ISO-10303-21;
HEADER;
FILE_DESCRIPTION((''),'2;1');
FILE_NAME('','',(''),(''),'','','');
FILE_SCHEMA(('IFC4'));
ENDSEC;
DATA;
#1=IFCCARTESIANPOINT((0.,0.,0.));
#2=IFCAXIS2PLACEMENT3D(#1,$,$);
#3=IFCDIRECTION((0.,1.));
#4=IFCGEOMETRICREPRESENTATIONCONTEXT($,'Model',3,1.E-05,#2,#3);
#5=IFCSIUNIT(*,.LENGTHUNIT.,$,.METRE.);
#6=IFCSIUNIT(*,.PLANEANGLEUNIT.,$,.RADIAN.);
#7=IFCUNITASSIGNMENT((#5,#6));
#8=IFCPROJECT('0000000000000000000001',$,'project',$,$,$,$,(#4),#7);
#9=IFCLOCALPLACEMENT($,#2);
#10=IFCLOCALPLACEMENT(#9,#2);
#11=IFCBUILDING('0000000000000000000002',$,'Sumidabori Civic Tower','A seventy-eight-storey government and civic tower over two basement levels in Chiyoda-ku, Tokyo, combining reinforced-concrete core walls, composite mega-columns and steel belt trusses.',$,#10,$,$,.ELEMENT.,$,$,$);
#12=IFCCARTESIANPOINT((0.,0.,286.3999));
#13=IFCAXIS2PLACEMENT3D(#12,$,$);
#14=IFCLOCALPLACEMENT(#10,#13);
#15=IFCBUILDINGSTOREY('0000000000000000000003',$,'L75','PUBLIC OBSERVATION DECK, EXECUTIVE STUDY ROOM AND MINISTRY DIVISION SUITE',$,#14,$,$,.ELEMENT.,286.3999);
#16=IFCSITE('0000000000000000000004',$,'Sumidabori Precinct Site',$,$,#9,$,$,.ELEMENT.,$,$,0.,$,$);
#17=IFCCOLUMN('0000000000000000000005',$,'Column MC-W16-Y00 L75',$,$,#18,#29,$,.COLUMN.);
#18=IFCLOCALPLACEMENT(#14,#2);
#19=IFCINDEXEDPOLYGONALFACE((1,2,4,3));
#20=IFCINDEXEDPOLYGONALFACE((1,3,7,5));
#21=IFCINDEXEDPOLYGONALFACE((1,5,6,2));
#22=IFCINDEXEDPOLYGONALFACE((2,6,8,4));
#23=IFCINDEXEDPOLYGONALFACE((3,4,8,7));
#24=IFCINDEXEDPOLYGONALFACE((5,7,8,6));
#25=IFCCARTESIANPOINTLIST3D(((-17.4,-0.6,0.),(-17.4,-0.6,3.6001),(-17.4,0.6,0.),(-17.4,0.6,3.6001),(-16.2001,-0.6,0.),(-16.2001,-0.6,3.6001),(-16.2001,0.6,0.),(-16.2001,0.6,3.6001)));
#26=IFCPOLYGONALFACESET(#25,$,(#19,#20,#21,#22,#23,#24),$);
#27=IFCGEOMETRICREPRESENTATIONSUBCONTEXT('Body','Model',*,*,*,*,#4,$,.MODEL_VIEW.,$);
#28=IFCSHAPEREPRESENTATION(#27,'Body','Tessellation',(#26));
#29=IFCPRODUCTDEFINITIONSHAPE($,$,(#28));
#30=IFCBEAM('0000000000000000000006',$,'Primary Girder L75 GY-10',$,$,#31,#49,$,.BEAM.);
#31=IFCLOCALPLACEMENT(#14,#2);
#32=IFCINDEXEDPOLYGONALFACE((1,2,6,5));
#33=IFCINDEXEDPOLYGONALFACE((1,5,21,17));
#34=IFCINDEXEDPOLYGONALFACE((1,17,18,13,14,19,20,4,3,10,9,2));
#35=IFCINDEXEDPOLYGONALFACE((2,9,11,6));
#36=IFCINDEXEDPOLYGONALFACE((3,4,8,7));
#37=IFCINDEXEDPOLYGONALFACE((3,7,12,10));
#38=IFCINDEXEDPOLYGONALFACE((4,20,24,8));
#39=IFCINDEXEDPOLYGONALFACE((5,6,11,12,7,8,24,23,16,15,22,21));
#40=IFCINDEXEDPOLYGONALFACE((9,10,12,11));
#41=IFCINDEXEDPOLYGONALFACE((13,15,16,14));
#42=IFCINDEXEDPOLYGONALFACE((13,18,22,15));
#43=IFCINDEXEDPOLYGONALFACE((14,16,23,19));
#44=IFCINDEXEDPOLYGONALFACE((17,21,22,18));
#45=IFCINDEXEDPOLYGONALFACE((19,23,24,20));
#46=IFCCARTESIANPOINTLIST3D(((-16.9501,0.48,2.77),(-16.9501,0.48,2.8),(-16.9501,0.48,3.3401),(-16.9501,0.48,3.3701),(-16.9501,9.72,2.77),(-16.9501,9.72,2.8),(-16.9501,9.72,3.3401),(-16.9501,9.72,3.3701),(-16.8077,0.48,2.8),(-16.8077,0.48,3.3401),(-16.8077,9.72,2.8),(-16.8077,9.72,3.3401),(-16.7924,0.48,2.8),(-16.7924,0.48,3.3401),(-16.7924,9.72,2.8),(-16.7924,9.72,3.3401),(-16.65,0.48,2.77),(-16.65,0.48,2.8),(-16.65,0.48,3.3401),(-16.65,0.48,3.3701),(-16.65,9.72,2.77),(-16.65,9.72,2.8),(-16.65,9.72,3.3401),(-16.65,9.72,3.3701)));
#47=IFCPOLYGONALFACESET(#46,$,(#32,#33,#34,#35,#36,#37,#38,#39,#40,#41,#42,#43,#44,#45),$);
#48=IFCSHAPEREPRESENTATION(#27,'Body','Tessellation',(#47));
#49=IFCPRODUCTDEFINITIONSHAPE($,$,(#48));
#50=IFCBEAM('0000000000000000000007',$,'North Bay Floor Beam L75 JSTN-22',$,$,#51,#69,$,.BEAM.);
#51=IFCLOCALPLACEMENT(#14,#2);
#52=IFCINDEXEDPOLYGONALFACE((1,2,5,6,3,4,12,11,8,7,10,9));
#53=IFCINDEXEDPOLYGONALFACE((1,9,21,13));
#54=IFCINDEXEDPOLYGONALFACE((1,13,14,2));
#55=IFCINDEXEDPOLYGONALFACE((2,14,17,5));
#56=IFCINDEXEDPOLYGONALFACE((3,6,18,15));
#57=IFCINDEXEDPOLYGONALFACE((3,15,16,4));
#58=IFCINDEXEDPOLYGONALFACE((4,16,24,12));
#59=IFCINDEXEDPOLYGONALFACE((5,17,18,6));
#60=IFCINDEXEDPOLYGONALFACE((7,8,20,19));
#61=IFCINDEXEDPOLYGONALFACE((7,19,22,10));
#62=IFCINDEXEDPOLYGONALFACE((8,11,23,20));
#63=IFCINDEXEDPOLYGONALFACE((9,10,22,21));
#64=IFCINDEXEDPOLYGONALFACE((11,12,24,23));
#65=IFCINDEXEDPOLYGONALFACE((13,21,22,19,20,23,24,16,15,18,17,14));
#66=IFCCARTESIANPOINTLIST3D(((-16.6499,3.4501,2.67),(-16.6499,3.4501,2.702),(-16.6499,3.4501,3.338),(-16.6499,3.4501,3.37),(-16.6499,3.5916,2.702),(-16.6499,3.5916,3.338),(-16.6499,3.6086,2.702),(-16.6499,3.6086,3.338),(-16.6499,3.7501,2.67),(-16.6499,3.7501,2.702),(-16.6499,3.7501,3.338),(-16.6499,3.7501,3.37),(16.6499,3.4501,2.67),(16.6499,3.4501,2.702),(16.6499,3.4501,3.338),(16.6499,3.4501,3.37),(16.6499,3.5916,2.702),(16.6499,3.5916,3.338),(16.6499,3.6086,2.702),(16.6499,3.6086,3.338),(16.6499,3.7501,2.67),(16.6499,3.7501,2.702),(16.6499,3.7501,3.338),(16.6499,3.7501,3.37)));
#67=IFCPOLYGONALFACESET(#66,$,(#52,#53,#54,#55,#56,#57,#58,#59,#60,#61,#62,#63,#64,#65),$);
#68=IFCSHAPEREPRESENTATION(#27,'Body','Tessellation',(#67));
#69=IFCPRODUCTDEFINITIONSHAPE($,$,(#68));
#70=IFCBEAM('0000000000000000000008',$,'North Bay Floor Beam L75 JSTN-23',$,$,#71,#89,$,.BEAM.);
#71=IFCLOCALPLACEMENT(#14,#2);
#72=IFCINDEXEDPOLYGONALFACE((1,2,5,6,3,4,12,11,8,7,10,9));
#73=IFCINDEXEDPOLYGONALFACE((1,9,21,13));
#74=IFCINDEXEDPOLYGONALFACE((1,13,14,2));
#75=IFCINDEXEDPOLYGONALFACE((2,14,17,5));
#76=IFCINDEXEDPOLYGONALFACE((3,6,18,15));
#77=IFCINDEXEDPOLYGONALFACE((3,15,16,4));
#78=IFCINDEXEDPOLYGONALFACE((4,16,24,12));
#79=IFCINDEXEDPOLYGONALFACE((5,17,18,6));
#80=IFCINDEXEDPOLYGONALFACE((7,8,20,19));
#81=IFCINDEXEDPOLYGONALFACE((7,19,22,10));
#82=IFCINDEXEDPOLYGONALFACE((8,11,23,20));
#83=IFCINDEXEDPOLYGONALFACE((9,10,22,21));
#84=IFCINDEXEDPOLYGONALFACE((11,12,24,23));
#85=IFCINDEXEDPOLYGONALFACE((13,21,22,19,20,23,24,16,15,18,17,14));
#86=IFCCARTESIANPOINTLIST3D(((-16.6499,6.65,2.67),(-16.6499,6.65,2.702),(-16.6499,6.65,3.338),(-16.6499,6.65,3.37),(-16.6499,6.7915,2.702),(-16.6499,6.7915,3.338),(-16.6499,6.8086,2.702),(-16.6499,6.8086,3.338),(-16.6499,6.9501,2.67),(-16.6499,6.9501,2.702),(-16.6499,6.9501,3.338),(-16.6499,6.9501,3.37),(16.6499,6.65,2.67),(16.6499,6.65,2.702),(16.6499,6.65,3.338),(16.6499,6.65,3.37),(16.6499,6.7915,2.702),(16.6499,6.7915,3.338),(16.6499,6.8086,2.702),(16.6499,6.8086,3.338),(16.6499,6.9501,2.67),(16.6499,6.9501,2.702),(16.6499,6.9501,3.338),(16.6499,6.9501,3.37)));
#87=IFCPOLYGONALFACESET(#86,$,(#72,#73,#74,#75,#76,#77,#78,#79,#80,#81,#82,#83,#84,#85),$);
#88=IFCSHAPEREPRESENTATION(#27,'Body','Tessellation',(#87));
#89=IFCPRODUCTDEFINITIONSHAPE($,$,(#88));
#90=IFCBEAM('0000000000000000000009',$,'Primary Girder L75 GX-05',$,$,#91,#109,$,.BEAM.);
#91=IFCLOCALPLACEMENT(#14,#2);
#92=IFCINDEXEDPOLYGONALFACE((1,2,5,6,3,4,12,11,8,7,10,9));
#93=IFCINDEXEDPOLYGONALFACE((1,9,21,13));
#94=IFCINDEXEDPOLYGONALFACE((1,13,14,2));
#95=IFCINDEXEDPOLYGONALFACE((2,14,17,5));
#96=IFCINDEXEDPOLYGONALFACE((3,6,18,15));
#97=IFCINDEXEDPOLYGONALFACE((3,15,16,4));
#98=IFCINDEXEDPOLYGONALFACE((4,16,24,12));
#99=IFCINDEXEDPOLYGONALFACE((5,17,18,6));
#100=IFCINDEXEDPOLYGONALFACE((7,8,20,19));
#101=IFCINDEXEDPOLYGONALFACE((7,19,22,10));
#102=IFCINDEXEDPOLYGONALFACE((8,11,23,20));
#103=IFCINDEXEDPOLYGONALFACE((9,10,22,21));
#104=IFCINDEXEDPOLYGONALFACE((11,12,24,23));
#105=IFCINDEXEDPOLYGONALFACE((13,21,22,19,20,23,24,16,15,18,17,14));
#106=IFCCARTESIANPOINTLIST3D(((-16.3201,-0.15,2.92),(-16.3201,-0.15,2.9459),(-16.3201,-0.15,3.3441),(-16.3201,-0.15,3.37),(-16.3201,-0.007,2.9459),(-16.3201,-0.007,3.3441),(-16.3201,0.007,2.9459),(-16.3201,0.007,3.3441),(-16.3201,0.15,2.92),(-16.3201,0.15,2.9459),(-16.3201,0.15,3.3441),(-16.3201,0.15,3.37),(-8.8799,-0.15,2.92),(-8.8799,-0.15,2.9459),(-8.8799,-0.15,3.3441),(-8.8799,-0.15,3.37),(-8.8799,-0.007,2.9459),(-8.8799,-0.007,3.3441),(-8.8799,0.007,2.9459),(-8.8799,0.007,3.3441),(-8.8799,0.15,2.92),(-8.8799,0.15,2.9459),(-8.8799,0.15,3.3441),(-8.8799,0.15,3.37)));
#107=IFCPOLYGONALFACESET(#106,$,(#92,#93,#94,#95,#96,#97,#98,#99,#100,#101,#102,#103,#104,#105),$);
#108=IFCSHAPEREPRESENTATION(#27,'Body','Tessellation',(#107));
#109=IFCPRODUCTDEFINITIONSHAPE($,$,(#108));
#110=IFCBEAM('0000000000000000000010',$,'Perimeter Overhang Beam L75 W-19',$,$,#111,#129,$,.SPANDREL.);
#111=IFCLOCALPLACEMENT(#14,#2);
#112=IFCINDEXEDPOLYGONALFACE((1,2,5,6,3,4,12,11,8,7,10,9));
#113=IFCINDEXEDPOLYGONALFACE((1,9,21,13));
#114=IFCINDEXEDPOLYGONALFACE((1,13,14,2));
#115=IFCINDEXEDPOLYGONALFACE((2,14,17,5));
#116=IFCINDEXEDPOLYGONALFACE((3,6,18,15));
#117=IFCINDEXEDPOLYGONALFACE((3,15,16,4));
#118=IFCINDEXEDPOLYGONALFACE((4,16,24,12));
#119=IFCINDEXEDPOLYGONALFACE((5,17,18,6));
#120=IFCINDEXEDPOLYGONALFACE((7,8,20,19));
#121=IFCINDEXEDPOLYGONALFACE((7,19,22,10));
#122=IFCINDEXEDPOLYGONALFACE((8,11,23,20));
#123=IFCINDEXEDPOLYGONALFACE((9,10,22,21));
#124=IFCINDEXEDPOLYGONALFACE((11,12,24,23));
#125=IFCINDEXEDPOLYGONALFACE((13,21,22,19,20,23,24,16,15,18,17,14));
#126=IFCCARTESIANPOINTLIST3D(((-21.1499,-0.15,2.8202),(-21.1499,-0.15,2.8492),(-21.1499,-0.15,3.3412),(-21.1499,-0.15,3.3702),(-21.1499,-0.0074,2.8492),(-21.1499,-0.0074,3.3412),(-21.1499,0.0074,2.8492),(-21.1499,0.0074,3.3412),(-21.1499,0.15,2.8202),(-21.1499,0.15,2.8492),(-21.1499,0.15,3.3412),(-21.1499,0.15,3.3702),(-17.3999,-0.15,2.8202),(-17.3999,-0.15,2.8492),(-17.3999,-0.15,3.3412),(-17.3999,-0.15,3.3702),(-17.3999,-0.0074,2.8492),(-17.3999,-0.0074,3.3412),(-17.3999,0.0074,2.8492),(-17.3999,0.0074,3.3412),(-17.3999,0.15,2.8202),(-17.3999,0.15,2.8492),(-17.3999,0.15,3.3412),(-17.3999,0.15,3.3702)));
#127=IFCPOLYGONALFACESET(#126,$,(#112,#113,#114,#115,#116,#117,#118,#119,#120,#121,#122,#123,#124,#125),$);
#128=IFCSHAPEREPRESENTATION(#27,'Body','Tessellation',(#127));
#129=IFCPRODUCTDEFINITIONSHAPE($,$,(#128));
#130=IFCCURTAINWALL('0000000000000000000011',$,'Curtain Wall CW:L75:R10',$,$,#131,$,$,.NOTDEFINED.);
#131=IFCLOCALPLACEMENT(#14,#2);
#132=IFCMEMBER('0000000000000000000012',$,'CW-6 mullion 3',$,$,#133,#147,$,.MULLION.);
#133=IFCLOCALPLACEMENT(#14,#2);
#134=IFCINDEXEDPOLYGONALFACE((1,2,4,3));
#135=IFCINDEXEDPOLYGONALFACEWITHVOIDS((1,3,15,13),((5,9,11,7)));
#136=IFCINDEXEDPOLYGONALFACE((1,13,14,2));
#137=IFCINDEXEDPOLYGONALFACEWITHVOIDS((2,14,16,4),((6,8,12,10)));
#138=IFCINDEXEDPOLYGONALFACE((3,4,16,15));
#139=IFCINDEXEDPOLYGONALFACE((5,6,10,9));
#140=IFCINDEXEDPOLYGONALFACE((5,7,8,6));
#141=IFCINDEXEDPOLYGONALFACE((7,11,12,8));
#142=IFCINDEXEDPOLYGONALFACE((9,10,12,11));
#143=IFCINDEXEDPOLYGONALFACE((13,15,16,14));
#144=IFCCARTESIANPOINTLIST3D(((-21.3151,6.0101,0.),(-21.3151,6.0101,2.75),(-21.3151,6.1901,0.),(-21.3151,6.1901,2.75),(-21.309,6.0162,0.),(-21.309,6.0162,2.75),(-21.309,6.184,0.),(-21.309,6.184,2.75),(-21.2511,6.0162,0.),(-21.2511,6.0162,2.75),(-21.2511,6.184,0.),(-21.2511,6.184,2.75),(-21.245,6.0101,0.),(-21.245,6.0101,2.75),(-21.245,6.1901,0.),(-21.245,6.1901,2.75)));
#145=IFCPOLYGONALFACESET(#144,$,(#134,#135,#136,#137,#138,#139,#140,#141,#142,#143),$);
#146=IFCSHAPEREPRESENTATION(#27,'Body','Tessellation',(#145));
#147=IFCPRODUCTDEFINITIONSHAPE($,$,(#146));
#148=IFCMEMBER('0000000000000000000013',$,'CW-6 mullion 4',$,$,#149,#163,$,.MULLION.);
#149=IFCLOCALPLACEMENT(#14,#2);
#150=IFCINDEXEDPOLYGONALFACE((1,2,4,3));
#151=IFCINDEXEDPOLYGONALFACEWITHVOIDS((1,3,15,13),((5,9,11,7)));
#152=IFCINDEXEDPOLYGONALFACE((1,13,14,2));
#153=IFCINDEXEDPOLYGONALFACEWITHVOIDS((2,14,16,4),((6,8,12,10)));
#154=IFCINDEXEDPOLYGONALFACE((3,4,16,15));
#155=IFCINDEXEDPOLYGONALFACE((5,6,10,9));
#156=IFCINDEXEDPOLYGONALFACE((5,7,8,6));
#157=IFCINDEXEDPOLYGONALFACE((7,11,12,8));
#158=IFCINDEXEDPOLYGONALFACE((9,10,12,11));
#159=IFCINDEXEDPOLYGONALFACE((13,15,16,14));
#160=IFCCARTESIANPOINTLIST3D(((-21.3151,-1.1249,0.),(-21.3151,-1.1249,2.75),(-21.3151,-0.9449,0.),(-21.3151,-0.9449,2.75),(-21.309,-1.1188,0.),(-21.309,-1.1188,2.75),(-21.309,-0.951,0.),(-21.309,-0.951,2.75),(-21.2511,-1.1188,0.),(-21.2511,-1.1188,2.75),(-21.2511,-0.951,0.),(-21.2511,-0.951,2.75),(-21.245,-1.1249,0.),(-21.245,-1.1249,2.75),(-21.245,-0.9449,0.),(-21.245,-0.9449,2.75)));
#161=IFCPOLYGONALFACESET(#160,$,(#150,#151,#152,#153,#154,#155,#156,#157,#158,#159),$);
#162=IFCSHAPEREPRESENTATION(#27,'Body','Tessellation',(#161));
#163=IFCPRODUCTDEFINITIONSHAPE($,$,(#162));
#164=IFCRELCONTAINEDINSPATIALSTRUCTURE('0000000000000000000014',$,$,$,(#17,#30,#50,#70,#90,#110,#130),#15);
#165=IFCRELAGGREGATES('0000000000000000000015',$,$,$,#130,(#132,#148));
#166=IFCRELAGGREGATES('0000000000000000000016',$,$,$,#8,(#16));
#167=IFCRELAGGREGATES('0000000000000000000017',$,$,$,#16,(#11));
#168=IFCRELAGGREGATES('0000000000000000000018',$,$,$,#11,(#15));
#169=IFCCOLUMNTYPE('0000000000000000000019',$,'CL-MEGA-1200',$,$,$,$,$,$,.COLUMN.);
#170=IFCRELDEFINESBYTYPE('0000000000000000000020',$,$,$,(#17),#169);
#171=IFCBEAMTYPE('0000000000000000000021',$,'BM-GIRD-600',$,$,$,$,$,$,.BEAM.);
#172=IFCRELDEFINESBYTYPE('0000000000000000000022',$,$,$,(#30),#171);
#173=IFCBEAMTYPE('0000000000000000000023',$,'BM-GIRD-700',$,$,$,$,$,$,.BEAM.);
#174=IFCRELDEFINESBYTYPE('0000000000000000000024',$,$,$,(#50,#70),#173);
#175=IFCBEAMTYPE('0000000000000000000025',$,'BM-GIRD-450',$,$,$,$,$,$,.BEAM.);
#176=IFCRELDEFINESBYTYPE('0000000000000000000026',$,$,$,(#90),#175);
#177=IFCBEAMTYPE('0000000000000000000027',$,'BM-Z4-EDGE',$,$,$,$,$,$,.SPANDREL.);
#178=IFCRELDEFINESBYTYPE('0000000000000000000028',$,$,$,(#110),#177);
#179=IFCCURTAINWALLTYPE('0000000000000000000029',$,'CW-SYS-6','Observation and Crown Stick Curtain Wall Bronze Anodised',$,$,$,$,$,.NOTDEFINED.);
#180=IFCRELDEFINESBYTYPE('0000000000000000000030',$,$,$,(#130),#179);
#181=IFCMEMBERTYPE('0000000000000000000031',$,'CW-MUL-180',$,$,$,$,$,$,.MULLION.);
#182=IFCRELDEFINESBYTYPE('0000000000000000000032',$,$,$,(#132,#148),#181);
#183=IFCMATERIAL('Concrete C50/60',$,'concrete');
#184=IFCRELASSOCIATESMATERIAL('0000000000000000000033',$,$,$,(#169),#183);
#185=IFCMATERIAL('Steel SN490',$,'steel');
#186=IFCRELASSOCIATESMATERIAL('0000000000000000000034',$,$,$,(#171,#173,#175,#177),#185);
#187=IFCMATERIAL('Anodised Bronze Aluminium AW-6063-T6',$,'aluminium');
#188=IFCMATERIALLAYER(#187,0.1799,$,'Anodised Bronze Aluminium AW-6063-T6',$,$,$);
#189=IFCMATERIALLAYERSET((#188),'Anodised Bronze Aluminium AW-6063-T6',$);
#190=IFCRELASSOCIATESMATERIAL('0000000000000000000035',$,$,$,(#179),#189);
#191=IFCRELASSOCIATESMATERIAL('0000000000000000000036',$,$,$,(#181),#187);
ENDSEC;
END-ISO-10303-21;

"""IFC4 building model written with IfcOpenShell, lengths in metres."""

from ifc_helpers import new_model, si_unit, direction, frame, origin, origin_2d, place, context, subcontext, project, spatial, rectangle, hollow_rectangle, i_section, extrude, source, transform, mapped, material, layer, layer_set, material_profile, profile_set, type_object, element, aggregate, save


model = new_model("IFC4")

# Units and contexts
model_context = context("Model", 3, precision=1e-05, world=origin(), true_north=direction((0.0, 1.0)))
body_context = subcontext(model_context, "Body", "Model", "MODEL_VIEW")
ifc_project = project(units=[si_unit("LENGTHUNIT", "METRE"), si_unit("PLANEANGLEUNIT", "RADIAN")], contexts=[model_context])

# Site, building, storey
site_placement = place(None, origin())
site = spatial("IfcSite", under=ifc_project, at=site_placement, Name="Sumidabori Precinct Site", CompositionType="ELEMENT", RefElevation=0.0)
building_placement = place(site_placement, origin())
building = spatial("IfcBuilding", under=site, at=building_placement, Name="Sumidabori Civic Tower", Description="A seventy-eight-storey government and civic tower over two basement levels in Chiyoda-ku, Tokyo, combining reinforced-concrete core walls, composite mega-columns and steel belt trusses.", CompositionType="ELEMENT")
storey_placement = place(building_placement, frame((0.0, 0.0, 286.3999)))
storey = spatial("IfcBuildingStorey", under=building, at=storey_placement, Name="L75", Description="PUBLIC OBSERVATION DECK, EXECUTIVE STUDY ROOM AND MINISTRY DIVISION SUITE", CompositionType="ELEMENT", Elevation=286.3999)

# Column
ifc_material_1 = material(Name="Concrete C50/60", Category="concrete")
ifc_material_profile_1 = material_profile(ifc_material_1, rectangle(XDim=1.2, YDim=1.2, at=origin_2d()), Name="RC 1200x1200")
ifc_profile_set_1 = profile_set([ifc_material_profile_1], Name="Concrete C50/60")
column_type = type_object("IfcColumnType", Name="CL-MEGA-1200", PredefinedType="COLUMN", material=ifc_profile_set_1)
shared_shape_1 = source(origin(), body_context, "Body", "SweptSolid", [
    extrude(rectangle(XDim=1.2, YDim=1.2, at=origin_2d()), origin(), (0.0, 0.0, 1.0), 3.6001),
])
column_placement = place(storey_placement, frame((-16.8, 0.0, 0.0), z_axis=(0.0, 0.0, 1.0), x_axis=(1.0, 0.0, 0.0)))
element("IfcColumn", 1, at=column_placement, inside=storey, type_object=column_type, Name="Column MC-W16-Y00 L75", PredefinedType="COLUMN", context=body_context, shape_type="MappedRepresentation", body=[
    mapped(shared_shape_1, transform((0.0, 0.0, 0.0), x_axis=(1.0, 0.0, 0.0), y_axis=(0.0, 1.0, 0.0), z_axis=(0.0, 0.0, 1.0), scale=1.0)),
])

# Beams
ifc_material_2 = material(Name="Steel SN490", Category="steel")
ifc_material_profile_2 = material_profile(ifc_material_2, i_section(OverallWidth=0.3, OverallDepth=0.6001, WebThickness=0.0154, FlangeThickness=0.03, at=origin_2d()), Name="HE 600 B")
ifc_profile_set_2 = profile_set([ifc_material_profile_2], Name="Steel SN490")
beam_type_1 = type_object("IfcBeamType", Name="BM-GIRD-600", PredefinedType="BEAM", material=ifc_profile_set_2)
shared_shape_2 = source(origin(), body_context, "Body", "SweptSolid", [
    extrude(i_section(OverallWidth=0.3, OverallDepth=0.6001, WebThickness=0.0154, FlangeThickness=0.03, at=origin_2d()), origin(), (0.0, 0.0, 1.0), 9.24),
])
beam_1_placement = place(storey_placement, frame((-16.8, 0.48, 3.0701), z_axis=(0.0, 1.0, 0.0), x_axis=(-1.0, 0.0, 0.0)))
element("IfcBeam", 2, at=beam_1_placement, inside=storey, type_object=beam_type_1, Name="Primary Girder L75 GY-10", PredefinedType="BEAM", context=body_context, shape_type="MappedRepresentation", body=[
    mapped(shared_shape_2, transform((0.0, 0.0, 0.0), x_axis=(1.0, 0.0, 0.0), y_axis=(0.0, 1.0, 0.0), z_axis=(0.0, 0.0, 1.0), scale=1.0)),
])
ifc_material_profile_3 = material_profile(ifc_material_2, i_section(OverallWidth=0.3, OverallDepth=0.7, WebThickness=0.0171, FlangeThickness=0.032, at=origin_2d()), Name="HE 700 B")
ifc_profile_set_3 = profile_set([ifc_material_profile_3], Name="Steel SN490")
beam_type_2 = type_object("IfcBeamType", Name="BM-GIRD-700", PredefinedType="BEAM", material=ifc_profile_set_3)
shared_shape_3 = source(origin(), body_context, "Body", "SweptSolid", [
    extrude(i_section(OverallWidth=0.3, OverallDepth=0.7, WebThickness=0.0171, FlangeThickness=0.032, at=origin_2d()), origin(), (0.0, 0.0, 1.0), 33.2998),
])
for number, where, z_axis, x_axis, name in (
    (3, (-16.6499, 3.6001, 3.02), (1.0, 0.0, 0.0), (0.0, 1.0, 0.0), "North Bay Floor Beam L75 JSTN-22"),
    (4, (-16.6499, 6.8, 3.02), (1.0, 0.0, 0.0), (0.0, 1.0, 0.0), "North Bay Floor Beam L75 JSTN-23"),
):
    element("IfcBeam", number, at=place(storey_placement, frame(where, z_axis=z_axis, x_axis=x_axis)), inside=storey, type_object=beam_type_2, Name=name, PredefinedType="BEAM", context=body_context, shape_type="MappedRepresentation", body=[
        mapped(shared_shape_3, transform((0.0, 0.0, 0.0), x_axis=(1.0, 0.0, 0.0), y_axis=(0.0, 1.0, 0.0), z_axis=(0.0, 0.0, 1.0), scale=1.0)),
    ])
ifc_material_profile_4 = material_profile(ifc_material_2, i_section(OverallWidth=0.3, OverallDepth=0.45, WebThickness=0.0139, FlangeThickness=0.0259, at=origin_2d()), Name="HE 450 B")
ifc_profile_set_4 = profile_set([ifc_material_profile_4], Name="Steel SN490")
beam_type_3 = type_object("IfcBeamType", Name="BM-GIRD-450", PredefinedType="BEAM", material=ifc_profile_set_4)
shared_shape_4 = source(origin(), body_context, "Body", "SweptSolid", [
    extrude(i_section(OverallWidth=0.3, OverallDepth=0.45, WebThickness=0.0139, FlangeThickness=0.0259, at=origin_2d()), origin(), (0.0, 0.0, 1.0), 7.4402),
])
beam_2_placement = place(storey_placement, frame((-16.3201, 0.0, 3.145), z_axis=(1.0, 0.0, 0.0), x_axis=(0.0, 1.0, 0.0)))
element("IfcBeam", 5, at=beam_2_placement, inside=storey, type_object=beam_type_3, Name="Primary Girder L75 GX-05", PredefinedType="BEAM", context=body_context, shape_type="MappedRepresentation", body=[
    mapped(shared_shape_4, transform((0.0, 0.0, 0.0), x_axis=(1.0, 0.0, 0.0), y_axis=(0.0, 1.0, 0.0), z_axis=(0.0, 0.0, 1.0), scale=1.0)),
])
ifc_material_profile_5 = material_profile(ifc_material_2, i_section(OverallWidth=0.3, OverallDepth=0.55, WebThickness=0.0149, FlangeThickness=0.0291, at=origin_2d()), Name="HE 550 B")
ifc_profile_set_5 = profile_set([ifc_material_profile_5], Name="Steel SN490")
beam_type_4 = type_object("IfcBeamType", Name="BM-Z4-EDGE", PredefinedType="SPANDREL", material=ifc_profile_set_5)
shared_shape_5 = source(origin(), body_context, "Body", "SweptSolid", [
    extrude(i_section(OverallWidth=0.3, OverallDepth=0.55, WebThickness=0.0149, FlangeThickness=0.0291, at=origin_2d()), origin(), (0.0, 0.0, 1.0), 3.75),
])
beam_3_placement = place(storey_placement, frame((-21.1499, 0.0, 3.0952), z_axis=(1.0, 0.0, 0.0), x_axis=(0.0, 1.0, 0.0)))
element("IfcBeam", 6, at=beam_3_placement, inside=storey, type_object=beam_type_4, Name="Perimeter Overhang Beam L75 W-19", PredefinedType="SPANDREL", context=body_context, shape_type="MappedRepresentation", body=[
    mapped(shared_shape_5, transform((0.0, 0.0, 0.0), x_axis=(1.0, 0.0, 0.0), y_axis=(0.0, 1.0, 0.0), z_axis=(0.0, 0.0, 1.0), scale=1.0)),
])

# Curtain wall, members
ifc_material_3 = material(Name="Anodised Bronze Aluminium AW-6063-T6", Category="aluminium")
ifc_layer_1 = layer(ifc_material_3, 0.1799, Name="Anodised Bronze Aluminium AW-6063-T6")
ifc_layer_set_1 = layer_set([ifc_layer_1], Name="Anodised Bronze Aluminium AW-6063-T6")
curtain_wall_type = type_object("IfcCurtainWallType", Name="CW-SYS-6", Description="Observation and Crown Stick Curtain Wall Bronze Anodised", PredefinedType="NOTDEFINED", material=ifc_layer_set_1)
curtain_wall_placement = place(storey_placement, origin())
curtain_wall = element("IfcCurtainWall", 7, at=curtain_wall_placement, inside=storey, type_object=curtain_wall_type, Name="Curtain Wall CW:L75:R10", PredefinedType="NOTDEFINED")
ifc_material_profile_6 = material_profile(ifc_material_3, hollow_rectangle(XDim=0.0701, YDim=0.1799, WallThickness=0.0061, at=origin_2d()), Name="ALU MULLION 180x70")
ifc_profile_set_6 = profile_set([ifc_material_profile_6], Name="Anodised Bronze Aluminium AW-6063-T6")
member_type_1 = type_object("IfcMemberType", Name="CW-MUL-180", PredefinedType="MULLION", material=ifc_profile_set_6)
shared_shape_6 = source(origin(), body_context, "Body", "SweptSolid", [
    extrude(hollow_rectangle(XDim=0.0701, YDim=0.1799, WallThickness=0.0061, at=origin_2d()), origin(), (0.0, 0.0, 1.0), 2.75),
])
member_1_placement = place(storey_placement, frame((-21.28, 6.1001, 0.0), z_axis=(0.0, 0.0, 1.0), x_axis=(1.0, 0.0, 0.0)))
member_1 = element("IfcMember", 8, at=member_1_placement, type_object=member_type_1, Name="CW-6 mullion 3", PredefinedType="MULLION", context=body_context, shape_type="MappedRepresentation", body=[
    mapped(shared_shape_6, transform((0.0, 0.0, 0.0), x_axis=(1.0, 0.0, 0.0), y_axis=(0.0, 1.0, 0.0), z_axis=(0.0, 0.0, 1.0), scale=1.0)),
])
member_2_placement = place(storey_placement, frame((-21.28, -1.0349, 0.0), z_axis=(0.0, 0.0, 1.0), x_axis=(1.0, 0.0, 0.0)))
member_2 = element("IfcMember", 9, at=member_2_placement, type_object=member_type_1, Name="CW-6 mullion 4", PredefinedType="MULLION", context=body_context, shape_type="MappedRepresentation", body=[
    mapped(shared_shape_6, transform((0.0, 0.0, 0.0), x_axis=(1.0, 0.0, 0.0), y_axis=(0.0, 1.0, 0.0), z_axis=(0.0, 0.0, 1.0), scale=1.0)),
])
aggregate(curtain_wall, [member_1, member_2])

save(model, "model.ifc")
